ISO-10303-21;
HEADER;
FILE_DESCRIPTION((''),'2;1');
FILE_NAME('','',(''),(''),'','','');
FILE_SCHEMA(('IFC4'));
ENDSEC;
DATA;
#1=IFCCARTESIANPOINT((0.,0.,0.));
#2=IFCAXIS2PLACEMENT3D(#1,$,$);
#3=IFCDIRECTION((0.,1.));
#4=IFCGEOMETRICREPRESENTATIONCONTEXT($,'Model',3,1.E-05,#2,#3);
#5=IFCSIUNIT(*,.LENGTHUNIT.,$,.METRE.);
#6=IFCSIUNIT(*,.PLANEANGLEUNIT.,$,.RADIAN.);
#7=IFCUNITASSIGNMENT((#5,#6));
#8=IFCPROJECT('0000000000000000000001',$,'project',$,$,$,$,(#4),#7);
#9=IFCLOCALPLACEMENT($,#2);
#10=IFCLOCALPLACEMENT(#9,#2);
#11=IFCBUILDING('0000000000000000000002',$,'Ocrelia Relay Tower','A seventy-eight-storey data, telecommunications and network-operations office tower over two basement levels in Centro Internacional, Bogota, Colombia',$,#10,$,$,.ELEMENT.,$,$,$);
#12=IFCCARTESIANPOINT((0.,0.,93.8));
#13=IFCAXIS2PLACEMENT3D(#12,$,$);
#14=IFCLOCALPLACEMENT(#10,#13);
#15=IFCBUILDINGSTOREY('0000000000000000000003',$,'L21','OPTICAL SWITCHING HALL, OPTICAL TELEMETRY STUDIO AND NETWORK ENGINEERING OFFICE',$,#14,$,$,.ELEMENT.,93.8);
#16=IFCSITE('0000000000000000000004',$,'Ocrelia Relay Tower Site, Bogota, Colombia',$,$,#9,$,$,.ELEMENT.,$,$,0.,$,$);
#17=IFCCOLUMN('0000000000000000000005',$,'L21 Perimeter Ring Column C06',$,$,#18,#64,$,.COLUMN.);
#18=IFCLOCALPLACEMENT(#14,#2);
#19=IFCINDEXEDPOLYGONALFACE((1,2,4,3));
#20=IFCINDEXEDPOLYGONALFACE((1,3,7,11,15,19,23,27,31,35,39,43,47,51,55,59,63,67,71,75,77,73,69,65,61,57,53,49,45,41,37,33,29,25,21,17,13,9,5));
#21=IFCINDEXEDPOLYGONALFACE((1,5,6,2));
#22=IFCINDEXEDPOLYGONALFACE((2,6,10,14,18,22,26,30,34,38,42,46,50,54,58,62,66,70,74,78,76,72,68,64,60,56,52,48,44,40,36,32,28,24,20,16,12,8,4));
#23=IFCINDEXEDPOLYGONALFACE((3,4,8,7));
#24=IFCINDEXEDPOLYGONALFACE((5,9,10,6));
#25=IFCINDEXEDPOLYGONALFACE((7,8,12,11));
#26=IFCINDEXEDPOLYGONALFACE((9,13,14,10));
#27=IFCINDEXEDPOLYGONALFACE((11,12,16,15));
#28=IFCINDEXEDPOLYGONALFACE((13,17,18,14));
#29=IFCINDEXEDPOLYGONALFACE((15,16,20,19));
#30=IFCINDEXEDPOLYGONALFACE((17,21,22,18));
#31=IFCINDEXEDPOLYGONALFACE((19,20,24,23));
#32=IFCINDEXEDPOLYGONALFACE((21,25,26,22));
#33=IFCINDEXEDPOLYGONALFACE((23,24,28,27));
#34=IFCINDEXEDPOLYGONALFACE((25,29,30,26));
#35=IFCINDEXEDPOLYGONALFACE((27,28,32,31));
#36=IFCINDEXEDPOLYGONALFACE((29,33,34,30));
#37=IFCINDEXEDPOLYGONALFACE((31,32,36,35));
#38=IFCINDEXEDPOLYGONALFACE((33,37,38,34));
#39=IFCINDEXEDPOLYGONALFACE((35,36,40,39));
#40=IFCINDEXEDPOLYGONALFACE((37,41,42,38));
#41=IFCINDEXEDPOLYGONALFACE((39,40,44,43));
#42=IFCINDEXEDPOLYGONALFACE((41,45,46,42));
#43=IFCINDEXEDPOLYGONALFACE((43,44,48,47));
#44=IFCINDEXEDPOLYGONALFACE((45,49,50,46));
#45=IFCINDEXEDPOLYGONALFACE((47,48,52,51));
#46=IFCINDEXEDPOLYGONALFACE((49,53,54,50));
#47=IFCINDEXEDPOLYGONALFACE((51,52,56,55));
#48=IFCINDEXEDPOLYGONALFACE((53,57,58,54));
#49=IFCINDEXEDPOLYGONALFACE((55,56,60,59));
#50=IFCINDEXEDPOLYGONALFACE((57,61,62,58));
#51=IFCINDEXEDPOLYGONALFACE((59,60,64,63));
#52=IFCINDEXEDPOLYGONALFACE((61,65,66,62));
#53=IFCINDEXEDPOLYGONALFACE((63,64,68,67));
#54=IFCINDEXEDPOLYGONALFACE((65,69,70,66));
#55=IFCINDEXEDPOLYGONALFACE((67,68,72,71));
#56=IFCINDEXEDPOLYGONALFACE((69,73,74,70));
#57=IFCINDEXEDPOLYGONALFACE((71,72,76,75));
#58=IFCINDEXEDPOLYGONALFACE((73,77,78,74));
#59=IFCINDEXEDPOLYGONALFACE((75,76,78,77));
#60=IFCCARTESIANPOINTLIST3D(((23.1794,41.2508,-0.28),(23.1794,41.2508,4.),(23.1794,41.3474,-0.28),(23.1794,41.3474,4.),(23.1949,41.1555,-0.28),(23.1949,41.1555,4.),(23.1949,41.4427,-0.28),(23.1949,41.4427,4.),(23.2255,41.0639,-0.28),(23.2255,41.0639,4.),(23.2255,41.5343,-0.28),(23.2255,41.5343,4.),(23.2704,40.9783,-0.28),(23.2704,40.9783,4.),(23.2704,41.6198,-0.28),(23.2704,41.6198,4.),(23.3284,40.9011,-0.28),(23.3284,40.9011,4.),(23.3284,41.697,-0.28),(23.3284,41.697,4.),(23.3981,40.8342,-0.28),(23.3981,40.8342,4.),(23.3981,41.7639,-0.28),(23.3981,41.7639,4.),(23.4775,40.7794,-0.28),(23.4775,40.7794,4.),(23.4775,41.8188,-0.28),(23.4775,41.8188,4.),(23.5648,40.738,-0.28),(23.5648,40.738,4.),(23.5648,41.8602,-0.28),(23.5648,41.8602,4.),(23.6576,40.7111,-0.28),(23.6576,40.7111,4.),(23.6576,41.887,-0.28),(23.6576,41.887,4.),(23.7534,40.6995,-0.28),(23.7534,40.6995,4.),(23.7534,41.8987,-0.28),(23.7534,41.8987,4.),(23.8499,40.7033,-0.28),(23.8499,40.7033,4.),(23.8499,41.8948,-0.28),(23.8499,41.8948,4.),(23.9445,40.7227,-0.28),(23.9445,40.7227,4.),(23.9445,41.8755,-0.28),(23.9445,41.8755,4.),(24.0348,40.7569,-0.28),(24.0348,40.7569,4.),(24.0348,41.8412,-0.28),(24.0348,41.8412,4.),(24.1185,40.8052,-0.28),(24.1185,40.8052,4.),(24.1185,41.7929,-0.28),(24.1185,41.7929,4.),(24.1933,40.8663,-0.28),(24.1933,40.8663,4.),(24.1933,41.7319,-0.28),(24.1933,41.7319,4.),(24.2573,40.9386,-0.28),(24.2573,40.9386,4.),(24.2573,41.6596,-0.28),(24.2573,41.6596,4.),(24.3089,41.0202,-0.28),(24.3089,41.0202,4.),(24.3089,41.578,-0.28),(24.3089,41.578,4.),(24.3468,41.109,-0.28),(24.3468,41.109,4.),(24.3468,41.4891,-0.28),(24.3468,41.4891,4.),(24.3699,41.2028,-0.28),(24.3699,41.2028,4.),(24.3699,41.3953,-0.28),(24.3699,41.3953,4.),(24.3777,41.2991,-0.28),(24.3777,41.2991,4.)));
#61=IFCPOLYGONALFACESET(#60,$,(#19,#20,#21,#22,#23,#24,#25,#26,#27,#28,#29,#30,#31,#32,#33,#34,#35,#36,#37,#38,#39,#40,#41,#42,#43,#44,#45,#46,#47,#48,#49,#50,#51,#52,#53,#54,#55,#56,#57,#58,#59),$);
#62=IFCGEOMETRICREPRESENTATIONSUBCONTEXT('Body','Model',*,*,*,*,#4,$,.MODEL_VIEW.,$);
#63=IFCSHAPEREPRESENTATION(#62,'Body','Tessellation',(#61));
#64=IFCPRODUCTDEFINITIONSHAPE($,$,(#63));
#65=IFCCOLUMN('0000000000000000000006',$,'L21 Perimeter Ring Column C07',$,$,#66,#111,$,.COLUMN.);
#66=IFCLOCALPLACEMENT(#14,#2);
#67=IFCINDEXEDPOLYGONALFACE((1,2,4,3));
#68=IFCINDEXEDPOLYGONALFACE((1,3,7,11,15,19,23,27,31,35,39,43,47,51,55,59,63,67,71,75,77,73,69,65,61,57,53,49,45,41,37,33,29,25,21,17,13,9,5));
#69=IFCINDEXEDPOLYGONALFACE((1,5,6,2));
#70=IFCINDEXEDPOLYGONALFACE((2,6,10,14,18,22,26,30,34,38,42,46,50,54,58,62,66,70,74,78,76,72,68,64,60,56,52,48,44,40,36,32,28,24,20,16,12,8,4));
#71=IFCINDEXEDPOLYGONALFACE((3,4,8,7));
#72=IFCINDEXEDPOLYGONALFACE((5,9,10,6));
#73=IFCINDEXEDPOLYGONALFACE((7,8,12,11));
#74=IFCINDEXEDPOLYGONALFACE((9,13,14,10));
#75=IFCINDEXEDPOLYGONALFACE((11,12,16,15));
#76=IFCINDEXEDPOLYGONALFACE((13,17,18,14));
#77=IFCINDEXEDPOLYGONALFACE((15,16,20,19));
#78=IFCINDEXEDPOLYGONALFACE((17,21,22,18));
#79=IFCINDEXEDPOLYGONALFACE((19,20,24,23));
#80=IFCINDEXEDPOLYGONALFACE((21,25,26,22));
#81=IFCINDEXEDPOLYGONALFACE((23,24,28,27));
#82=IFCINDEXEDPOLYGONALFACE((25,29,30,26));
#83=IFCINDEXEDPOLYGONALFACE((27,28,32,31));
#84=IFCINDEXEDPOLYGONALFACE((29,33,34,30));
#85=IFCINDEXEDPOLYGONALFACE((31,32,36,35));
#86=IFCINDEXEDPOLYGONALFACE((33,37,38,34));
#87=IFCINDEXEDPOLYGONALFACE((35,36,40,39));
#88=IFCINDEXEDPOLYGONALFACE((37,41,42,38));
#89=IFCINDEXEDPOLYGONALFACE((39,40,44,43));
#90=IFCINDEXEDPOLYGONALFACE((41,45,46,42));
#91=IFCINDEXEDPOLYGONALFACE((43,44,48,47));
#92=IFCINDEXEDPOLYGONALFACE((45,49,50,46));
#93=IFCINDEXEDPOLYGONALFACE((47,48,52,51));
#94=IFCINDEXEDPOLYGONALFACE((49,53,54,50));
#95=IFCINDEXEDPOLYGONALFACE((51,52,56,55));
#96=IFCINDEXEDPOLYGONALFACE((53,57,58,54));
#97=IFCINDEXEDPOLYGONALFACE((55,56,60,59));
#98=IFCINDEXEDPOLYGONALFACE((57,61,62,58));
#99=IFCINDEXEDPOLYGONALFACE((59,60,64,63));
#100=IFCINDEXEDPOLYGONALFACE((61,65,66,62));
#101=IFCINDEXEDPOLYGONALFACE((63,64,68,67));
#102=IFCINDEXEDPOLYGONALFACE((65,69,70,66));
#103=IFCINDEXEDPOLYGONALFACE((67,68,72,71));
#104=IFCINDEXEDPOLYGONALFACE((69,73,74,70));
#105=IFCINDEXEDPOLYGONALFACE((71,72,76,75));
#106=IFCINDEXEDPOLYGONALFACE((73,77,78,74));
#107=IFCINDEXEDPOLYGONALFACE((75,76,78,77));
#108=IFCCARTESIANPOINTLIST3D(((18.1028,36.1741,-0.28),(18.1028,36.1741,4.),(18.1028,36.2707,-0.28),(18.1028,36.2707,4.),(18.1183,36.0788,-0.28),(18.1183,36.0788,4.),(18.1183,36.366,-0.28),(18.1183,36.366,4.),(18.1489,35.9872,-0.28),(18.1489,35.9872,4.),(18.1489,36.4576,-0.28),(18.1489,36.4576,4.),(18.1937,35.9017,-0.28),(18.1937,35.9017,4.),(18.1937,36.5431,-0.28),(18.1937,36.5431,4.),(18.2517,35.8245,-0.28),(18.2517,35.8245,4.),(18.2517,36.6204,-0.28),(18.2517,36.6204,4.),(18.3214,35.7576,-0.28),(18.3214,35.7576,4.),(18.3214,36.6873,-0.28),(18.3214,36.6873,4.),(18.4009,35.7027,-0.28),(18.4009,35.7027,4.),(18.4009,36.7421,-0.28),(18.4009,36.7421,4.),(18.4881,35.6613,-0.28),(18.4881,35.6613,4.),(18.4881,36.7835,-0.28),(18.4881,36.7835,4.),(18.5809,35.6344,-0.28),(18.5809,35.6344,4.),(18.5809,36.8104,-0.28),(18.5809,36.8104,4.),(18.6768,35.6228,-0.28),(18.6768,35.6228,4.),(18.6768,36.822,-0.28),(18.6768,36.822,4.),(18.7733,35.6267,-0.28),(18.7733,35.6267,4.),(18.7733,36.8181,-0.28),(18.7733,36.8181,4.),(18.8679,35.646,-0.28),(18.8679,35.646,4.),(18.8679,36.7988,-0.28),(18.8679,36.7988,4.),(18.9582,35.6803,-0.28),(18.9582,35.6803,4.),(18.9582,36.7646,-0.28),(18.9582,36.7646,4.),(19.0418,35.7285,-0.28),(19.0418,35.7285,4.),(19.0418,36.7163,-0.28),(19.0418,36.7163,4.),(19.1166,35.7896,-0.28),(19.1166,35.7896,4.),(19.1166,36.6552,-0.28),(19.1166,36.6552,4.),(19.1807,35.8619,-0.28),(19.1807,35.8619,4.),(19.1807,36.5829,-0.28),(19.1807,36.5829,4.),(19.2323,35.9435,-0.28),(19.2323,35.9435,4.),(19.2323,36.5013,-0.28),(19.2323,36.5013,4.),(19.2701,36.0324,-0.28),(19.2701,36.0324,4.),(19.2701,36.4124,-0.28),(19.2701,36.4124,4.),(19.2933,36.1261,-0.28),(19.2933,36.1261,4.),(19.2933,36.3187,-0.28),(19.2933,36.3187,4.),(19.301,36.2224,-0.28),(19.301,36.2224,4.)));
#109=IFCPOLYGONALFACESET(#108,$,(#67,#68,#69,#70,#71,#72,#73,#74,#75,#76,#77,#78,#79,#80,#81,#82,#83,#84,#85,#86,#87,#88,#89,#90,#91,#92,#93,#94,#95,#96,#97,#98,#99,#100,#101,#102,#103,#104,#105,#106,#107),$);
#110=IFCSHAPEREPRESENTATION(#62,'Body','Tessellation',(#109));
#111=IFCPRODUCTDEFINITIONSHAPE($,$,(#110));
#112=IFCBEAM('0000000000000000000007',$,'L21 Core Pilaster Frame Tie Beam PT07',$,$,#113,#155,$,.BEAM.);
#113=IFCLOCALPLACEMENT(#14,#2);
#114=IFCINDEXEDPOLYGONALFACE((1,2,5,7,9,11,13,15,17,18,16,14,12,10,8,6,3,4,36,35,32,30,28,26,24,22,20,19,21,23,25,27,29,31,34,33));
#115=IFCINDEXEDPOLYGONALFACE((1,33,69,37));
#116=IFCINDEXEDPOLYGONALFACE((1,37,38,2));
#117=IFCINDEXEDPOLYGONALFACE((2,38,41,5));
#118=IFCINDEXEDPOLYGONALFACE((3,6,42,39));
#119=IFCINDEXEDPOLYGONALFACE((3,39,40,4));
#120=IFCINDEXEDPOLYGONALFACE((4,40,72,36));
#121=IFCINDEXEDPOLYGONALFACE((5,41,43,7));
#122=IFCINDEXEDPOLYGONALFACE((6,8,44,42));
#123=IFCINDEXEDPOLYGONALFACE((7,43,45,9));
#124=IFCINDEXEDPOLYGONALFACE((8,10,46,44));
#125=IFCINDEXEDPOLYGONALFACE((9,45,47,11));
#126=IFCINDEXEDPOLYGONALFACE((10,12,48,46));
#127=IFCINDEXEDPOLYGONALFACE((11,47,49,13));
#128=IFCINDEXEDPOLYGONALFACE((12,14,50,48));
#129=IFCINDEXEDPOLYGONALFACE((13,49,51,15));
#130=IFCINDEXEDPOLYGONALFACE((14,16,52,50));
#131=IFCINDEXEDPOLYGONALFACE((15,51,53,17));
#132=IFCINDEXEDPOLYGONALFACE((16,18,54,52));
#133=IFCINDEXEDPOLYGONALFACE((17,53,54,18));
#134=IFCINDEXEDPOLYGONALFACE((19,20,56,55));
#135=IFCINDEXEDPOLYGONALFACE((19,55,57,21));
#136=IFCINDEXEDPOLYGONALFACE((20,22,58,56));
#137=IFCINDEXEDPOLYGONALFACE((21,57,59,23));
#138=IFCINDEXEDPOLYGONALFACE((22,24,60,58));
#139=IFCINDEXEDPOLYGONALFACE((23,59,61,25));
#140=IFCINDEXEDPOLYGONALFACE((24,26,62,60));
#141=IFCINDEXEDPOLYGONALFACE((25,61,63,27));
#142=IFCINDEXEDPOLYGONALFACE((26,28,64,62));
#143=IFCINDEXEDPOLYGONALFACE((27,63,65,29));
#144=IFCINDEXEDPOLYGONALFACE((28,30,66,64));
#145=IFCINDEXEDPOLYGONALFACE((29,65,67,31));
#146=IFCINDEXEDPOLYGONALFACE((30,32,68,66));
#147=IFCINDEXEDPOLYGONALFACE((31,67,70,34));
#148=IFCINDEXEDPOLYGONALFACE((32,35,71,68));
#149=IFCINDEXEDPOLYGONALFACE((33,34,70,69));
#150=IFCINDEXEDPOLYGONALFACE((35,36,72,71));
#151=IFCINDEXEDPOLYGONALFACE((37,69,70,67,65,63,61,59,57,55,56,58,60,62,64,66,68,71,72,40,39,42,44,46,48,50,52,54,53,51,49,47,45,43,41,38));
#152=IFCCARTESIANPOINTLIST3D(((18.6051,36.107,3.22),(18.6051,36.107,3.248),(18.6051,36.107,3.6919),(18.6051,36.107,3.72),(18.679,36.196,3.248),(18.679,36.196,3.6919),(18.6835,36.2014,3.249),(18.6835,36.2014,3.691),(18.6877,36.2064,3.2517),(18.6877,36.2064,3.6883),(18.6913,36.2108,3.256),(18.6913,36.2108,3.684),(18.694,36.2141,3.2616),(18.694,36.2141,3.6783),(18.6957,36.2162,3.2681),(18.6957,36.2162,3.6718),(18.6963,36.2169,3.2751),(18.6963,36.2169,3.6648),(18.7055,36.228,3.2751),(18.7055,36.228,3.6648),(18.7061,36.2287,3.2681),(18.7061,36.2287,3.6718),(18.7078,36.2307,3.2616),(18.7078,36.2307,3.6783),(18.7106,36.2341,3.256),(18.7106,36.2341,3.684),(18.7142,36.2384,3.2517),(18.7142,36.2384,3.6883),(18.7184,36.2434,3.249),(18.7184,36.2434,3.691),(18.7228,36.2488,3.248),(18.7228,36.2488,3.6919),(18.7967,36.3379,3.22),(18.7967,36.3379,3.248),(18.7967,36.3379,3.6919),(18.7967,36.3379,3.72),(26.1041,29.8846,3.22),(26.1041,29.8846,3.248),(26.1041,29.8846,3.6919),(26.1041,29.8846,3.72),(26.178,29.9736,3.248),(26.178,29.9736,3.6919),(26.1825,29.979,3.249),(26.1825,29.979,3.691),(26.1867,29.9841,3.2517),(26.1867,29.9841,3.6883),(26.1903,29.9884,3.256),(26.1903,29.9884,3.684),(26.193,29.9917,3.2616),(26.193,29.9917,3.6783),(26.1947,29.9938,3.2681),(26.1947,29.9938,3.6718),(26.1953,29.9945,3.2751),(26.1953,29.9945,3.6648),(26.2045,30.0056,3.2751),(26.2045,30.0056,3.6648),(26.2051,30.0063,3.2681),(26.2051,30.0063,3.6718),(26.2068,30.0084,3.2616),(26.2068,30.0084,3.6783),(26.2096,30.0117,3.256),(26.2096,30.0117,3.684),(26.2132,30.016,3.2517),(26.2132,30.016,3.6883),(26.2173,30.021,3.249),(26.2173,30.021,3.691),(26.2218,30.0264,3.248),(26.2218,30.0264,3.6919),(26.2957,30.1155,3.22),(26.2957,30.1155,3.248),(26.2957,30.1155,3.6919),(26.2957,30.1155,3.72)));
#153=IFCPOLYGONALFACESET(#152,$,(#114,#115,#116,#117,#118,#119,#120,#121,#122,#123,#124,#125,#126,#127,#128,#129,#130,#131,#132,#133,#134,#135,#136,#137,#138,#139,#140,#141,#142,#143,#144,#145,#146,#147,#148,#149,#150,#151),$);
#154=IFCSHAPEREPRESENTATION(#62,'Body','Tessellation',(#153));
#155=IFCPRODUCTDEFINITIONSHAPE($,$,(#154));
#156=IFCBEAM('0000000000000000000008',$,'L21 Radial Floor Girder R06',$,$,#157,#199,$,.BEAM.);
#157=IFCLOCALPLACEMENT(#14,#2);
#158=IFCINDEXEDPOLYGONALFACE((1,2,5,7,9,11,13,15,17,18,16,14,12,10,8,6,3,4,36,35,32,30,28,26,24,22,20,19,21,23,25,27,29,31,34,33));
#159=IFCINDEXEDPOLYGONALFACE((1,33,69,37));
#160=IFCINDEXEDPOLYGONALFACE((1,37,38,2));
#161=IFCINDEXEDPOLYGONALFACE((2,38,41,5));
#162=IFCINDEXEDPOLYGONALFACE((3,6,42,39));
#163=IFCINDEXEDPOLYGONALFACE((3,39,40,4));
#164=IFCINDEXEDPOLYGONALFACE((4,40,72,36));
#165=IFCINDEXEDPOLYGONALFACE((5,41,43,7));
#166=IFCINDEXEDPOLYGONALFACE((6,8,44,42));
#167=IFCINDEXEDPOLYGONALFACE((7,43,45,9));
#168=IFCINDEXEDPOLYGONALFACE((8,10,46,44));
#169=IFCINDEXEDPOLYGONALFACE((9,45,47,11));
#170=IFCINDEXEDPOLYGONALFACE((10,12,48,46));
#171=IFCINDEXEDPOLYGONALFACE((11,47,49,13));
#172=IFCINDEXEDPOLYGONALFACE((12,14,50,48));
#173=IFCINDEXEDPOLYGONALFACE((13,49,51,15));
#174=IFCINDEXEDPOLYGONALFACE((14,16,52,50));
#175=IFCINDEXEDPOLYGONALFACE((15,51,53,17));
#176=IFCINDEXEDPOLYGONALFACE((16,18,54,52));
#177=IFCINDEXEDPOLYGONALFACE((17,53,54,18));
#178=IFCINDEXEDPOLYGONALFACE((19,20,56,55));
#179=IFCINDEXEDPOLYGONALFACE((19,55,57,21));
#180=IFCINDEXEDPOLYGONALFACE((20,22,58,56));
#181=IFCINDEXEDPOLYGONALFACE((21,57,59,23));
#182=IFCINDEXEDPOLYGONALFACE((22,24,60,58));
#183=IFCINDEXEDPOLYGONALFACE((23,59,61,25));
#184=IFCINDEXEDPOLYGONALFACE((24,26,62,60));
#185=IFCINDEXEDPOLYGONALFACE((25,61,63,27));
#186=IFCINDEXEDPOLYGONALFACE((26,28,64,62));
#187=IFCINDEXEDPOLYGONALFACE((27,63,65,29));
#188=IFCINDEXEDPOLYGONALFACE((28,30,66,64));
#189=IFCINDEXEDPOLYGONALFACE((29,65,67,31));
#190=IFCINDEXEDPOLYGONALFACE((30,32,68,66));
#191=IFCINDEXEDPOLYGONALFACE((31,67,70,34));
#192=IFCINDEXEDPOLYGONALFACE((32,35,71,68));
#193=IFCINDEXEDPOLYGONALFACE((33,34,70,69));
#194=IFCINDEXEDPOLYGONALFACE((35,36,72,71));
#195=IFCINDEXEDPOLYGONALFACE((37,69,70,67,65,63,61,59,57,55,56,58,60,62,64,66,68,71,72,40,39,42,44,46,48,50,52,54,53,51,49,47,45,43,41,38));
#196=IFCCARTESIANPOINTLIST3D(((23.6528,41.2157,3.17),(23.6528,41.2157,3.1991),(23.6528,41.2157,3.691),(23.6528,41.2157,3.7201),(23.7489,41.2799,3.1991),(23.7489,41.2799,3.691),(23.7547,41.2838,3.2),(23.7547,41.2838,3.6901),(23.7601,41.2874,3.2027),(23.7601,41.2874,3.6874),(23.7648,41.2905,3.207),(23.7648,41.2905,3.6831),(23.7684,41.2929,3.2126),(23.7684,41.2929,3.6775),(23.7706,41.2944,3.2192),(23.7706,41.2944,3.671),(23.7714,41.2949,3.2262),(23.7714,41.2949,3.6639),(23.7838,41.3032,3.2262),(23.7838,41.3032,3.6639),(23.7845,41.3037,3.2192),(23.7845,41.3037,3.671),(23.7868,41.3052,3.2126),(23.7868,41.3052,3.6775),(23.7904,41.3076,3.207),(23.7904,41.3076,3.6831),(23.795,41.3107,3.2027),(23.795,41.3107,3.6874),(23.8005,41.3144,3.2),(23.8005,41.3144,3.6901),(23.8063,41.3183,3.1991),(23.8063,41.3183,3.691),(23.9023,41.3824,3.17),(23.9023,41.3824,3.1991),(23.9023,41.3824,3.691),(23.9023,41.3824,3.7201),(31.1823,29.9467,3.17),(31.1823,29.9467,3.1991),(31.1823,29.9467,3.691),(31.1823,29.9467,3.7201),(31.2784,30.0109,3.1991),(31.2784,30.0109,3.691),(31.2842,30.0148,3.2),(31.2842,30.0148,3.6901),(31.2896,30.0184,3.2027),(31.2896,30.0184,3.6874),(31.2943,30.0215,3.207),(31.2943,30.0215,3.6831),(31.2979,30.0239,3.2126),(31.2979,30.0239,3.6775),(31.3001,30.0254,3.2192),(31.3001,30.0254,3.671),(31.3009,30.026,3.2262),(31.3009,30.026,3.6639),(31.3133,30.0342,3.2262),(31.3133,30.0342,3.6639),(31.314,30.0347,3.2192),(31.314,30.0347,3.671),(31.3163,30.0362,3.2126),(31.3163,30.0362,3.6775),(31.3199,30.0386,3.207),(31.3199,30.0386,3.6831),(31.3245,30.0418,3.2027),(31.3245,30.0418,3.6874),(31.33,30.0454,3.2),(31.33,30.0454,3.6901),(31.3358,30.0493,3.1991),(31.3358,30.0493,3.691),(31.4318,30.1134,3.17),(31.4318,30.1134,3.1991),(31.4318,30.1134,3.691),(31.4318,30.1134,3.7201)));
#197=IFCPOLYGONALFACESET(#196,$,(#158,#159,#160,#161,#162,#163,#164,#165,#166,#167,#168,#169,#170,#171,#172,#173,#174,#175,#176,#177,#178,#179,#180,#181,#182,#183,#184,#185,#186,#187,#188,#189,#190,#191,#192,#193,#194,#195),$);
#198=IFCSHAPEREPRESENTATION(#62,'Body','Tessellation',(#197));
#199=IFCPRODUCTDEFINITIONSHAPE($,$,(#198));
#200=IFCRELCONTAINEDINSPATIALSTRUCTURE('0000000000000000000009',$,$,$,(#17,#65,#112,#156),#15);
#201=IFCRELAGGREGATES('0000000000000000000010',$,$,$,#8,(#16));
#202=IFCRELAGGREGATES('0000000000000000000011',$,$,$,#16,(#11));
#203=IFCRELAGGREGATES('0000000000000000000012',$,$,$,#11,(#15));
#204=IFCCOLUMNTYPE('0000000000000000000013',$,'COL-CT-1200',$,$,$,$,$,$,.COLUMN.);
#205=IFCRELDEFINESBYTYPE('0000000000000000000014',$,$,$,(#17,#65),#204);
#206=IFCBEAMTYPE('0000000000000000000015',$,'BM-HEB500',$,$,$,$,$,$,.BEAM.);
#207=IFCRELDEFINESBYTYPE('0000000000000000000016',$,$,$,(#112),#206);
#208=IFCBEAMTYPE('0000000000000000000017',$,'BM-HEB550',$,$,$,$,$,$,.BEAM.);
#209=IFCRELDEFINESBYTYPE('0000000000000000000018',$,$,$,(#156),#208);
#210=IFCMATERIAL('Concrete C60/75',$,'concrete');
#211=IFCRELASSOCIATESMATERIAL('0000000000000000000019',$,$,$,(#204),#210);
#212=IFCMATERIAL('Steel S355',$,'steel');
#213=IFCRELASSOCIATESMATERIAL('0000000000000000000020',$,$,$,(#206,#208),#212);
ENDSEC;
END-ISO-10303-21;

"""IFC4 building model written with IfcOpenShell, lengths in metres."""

from ifc_helpers import new_model, si_unit, direction, frame, origin, origin_2d, place, context, subcontext, project, spatial, circle, i_section, extrude, material, material_profile, profile_set, type_object, element, save


model = new_model("IFC4")

# Units and contexts
model_context = context("Model", 3, precision=1e-05, world=origin(), true_north=direction((0.0, 1.0)))
body_context = subcontext(model_context, "Body", "Model", "MODEL_VIEW")
ifc_project = project(units=[si_unit("LENGTHUNIT", "METRE"), si_unit("PLANEANGLEUNIT", "RADIAN")], contexts=[model_context])

# Site, building, storey
site_placement = place(None, origin())
site = spatial("IfcSite", under=ifc_project, at=site_placement, Name="Ocrelia Relay Tower Site, Bogota, Colombia", CompositionType="ELEMENT", RefElevation=0.0)
building_placement = place(site_placement, origin())
building = spatial("IfcBuilding", under=site, at=building_placement, Name="Ocrelia Relay Tower", Description="A seventy-eight-storey data, telecommunications and network-operations office tower over two basement levels in Centro Internacional, Bogota, Colombia", CompositionType="ELEMENT")
storey_placement = place(building_placement, frame((0.0, 0.0, 93.8)))
storey = spatial("IfcBuildingStorey", under=building, at=storey_placement, Name="L21", Description="OPTICAL SWITCHING HALL, OPTICAL TELEMETRY STUDIO AND NETWORK ENGINEERING OFFICE", CompositionType="ELEMENT", Elevation=93.8)

# Columns
ifc_material_1 = material(Name="Concrete C60/75", Category="concrete")
ifc_material_profile_1 = material_profile(ifc_material_1, circle(Radius=0.6001, at=origin_2d()), Name="RC-CIR-1200")
ifc_profile_set_1 = profile_set([ifc_material_profile_1], Name="Concrete C60/75")
column_type = type_object("IfcColumnType", Name="COL-CT-1200", PredefinedType="COLUMN", material=ifc_profile_set_1)
for number, where, z_axis, x_axis, name in (
    (1, (23.7776, 41.2991, -0.28), (0.0, 0.0, 1.0), (1.0, 0.0, 0.0), "L21 Perimeter Ring Column C06"),
    (2, (18.7009, 36.2224, -0.28), (0.0, 0.0, 1.0), (1.0, 0.0, 0.0), "L21 Perimeter Ring Column C07"),
):
    element("IfcColumn", number, at=place(storey_placement, frame(where, z_axis=z_axis, x_axis=x_axis)), inside=storey, type_object=column_type, Name=name, PredefinedType="COLUMN", context=body_context, shape_type="SweptSolid", body=[
        extrude(circle(Radius=0.6001, at=origin_2d()), origin(), (0.0, 0.0, 1.0), 4.28),
    ])

# Beams
ifc_material_2 = material(Name="Steel S355", Category="steel")
ifc_material_profile_2 = material_profile(ifc_material_2, i_section(OverallWidth=0.3, OverallDepth=0.5, WebThickness=0.0144, FlangeThickness=0.0281, FilletRadius=0.0271, at=origin_2d()), Name="HEB 500")
ifc_profile_set_2 = profile_set([ifc_material_profile_2], Name="Steel S355")
beam_type_1 = type_object("IfcBeamType", Name="BM-HEB500", PredefinedType="BEAM", material=ifc_profile_set_2)
beam_1_placement = place(storey_placement, frame((18.7009, 36.2224, 3.47), z_axis=(0.769571, -0.638561, 0.0), x_axis=(0.638561, 0.769571, 0.0)))
element("IfcBeam", 3, at=beam_1_placement, inside=storey, type_object=beam_type_1, Name="L21 Core Pilaster Frame Tie Beam PT07", PredefinedType="BEAM", context=body_context, shape_type="SweptSolid", body=[
    extrude(i_section(OverallWidth=0.3, OverallDepth=0.5, WebThickness=0.0144, FlangeThickness=0.0281, FilletRadius=0.0271, at=origin_2d()), origin(), (0.0, 0.0, 1.0), 9.7444),
])
ifc_material_profile_3 = material_profile(ifc_material_2, i_section(OverallWidth=0.3, OverallDepth=0.55, WebThickness=0.0149, FlangeThickness=0.0291, FilletRadius=0.0271, at=origin_2d()), Name="HEB 550")
ifc_profile_set_3 = profile_set([ifc_material_profile_3], Name="Steel S355")
beam_type_2 = type_object("IfcBeamType", Name="BM-HEB550", PredefinedType="BEAM", material=ifc_profile_set_3)
beam_2_placement = place(storey_placement, frame((23.7776, 41.2991, 3.4451), z_axis=(0.55556, -0.831476, 0.0), x_axis=(0.831476, 0.55556, 0.0)))
element("IfcBeam", 4, at=beam_2_placement, inside=storey, type_object=beam_type_2, Name="L21 Radial Floor Girder R06", PredefinedType="BEAM", context=body_context, shape_type="SweptSolid", body=[
    extrude(i_section(OverallWidth=0.3, OverallDepth=0.55, WebThickness=0.0149, FlangeThickness=0.0291, FilletRadius=0.0271, at=origin_2d()), origin(), (0.0, 0.0, 1.0), 13.553),
])

save(model, "model.ifc")
